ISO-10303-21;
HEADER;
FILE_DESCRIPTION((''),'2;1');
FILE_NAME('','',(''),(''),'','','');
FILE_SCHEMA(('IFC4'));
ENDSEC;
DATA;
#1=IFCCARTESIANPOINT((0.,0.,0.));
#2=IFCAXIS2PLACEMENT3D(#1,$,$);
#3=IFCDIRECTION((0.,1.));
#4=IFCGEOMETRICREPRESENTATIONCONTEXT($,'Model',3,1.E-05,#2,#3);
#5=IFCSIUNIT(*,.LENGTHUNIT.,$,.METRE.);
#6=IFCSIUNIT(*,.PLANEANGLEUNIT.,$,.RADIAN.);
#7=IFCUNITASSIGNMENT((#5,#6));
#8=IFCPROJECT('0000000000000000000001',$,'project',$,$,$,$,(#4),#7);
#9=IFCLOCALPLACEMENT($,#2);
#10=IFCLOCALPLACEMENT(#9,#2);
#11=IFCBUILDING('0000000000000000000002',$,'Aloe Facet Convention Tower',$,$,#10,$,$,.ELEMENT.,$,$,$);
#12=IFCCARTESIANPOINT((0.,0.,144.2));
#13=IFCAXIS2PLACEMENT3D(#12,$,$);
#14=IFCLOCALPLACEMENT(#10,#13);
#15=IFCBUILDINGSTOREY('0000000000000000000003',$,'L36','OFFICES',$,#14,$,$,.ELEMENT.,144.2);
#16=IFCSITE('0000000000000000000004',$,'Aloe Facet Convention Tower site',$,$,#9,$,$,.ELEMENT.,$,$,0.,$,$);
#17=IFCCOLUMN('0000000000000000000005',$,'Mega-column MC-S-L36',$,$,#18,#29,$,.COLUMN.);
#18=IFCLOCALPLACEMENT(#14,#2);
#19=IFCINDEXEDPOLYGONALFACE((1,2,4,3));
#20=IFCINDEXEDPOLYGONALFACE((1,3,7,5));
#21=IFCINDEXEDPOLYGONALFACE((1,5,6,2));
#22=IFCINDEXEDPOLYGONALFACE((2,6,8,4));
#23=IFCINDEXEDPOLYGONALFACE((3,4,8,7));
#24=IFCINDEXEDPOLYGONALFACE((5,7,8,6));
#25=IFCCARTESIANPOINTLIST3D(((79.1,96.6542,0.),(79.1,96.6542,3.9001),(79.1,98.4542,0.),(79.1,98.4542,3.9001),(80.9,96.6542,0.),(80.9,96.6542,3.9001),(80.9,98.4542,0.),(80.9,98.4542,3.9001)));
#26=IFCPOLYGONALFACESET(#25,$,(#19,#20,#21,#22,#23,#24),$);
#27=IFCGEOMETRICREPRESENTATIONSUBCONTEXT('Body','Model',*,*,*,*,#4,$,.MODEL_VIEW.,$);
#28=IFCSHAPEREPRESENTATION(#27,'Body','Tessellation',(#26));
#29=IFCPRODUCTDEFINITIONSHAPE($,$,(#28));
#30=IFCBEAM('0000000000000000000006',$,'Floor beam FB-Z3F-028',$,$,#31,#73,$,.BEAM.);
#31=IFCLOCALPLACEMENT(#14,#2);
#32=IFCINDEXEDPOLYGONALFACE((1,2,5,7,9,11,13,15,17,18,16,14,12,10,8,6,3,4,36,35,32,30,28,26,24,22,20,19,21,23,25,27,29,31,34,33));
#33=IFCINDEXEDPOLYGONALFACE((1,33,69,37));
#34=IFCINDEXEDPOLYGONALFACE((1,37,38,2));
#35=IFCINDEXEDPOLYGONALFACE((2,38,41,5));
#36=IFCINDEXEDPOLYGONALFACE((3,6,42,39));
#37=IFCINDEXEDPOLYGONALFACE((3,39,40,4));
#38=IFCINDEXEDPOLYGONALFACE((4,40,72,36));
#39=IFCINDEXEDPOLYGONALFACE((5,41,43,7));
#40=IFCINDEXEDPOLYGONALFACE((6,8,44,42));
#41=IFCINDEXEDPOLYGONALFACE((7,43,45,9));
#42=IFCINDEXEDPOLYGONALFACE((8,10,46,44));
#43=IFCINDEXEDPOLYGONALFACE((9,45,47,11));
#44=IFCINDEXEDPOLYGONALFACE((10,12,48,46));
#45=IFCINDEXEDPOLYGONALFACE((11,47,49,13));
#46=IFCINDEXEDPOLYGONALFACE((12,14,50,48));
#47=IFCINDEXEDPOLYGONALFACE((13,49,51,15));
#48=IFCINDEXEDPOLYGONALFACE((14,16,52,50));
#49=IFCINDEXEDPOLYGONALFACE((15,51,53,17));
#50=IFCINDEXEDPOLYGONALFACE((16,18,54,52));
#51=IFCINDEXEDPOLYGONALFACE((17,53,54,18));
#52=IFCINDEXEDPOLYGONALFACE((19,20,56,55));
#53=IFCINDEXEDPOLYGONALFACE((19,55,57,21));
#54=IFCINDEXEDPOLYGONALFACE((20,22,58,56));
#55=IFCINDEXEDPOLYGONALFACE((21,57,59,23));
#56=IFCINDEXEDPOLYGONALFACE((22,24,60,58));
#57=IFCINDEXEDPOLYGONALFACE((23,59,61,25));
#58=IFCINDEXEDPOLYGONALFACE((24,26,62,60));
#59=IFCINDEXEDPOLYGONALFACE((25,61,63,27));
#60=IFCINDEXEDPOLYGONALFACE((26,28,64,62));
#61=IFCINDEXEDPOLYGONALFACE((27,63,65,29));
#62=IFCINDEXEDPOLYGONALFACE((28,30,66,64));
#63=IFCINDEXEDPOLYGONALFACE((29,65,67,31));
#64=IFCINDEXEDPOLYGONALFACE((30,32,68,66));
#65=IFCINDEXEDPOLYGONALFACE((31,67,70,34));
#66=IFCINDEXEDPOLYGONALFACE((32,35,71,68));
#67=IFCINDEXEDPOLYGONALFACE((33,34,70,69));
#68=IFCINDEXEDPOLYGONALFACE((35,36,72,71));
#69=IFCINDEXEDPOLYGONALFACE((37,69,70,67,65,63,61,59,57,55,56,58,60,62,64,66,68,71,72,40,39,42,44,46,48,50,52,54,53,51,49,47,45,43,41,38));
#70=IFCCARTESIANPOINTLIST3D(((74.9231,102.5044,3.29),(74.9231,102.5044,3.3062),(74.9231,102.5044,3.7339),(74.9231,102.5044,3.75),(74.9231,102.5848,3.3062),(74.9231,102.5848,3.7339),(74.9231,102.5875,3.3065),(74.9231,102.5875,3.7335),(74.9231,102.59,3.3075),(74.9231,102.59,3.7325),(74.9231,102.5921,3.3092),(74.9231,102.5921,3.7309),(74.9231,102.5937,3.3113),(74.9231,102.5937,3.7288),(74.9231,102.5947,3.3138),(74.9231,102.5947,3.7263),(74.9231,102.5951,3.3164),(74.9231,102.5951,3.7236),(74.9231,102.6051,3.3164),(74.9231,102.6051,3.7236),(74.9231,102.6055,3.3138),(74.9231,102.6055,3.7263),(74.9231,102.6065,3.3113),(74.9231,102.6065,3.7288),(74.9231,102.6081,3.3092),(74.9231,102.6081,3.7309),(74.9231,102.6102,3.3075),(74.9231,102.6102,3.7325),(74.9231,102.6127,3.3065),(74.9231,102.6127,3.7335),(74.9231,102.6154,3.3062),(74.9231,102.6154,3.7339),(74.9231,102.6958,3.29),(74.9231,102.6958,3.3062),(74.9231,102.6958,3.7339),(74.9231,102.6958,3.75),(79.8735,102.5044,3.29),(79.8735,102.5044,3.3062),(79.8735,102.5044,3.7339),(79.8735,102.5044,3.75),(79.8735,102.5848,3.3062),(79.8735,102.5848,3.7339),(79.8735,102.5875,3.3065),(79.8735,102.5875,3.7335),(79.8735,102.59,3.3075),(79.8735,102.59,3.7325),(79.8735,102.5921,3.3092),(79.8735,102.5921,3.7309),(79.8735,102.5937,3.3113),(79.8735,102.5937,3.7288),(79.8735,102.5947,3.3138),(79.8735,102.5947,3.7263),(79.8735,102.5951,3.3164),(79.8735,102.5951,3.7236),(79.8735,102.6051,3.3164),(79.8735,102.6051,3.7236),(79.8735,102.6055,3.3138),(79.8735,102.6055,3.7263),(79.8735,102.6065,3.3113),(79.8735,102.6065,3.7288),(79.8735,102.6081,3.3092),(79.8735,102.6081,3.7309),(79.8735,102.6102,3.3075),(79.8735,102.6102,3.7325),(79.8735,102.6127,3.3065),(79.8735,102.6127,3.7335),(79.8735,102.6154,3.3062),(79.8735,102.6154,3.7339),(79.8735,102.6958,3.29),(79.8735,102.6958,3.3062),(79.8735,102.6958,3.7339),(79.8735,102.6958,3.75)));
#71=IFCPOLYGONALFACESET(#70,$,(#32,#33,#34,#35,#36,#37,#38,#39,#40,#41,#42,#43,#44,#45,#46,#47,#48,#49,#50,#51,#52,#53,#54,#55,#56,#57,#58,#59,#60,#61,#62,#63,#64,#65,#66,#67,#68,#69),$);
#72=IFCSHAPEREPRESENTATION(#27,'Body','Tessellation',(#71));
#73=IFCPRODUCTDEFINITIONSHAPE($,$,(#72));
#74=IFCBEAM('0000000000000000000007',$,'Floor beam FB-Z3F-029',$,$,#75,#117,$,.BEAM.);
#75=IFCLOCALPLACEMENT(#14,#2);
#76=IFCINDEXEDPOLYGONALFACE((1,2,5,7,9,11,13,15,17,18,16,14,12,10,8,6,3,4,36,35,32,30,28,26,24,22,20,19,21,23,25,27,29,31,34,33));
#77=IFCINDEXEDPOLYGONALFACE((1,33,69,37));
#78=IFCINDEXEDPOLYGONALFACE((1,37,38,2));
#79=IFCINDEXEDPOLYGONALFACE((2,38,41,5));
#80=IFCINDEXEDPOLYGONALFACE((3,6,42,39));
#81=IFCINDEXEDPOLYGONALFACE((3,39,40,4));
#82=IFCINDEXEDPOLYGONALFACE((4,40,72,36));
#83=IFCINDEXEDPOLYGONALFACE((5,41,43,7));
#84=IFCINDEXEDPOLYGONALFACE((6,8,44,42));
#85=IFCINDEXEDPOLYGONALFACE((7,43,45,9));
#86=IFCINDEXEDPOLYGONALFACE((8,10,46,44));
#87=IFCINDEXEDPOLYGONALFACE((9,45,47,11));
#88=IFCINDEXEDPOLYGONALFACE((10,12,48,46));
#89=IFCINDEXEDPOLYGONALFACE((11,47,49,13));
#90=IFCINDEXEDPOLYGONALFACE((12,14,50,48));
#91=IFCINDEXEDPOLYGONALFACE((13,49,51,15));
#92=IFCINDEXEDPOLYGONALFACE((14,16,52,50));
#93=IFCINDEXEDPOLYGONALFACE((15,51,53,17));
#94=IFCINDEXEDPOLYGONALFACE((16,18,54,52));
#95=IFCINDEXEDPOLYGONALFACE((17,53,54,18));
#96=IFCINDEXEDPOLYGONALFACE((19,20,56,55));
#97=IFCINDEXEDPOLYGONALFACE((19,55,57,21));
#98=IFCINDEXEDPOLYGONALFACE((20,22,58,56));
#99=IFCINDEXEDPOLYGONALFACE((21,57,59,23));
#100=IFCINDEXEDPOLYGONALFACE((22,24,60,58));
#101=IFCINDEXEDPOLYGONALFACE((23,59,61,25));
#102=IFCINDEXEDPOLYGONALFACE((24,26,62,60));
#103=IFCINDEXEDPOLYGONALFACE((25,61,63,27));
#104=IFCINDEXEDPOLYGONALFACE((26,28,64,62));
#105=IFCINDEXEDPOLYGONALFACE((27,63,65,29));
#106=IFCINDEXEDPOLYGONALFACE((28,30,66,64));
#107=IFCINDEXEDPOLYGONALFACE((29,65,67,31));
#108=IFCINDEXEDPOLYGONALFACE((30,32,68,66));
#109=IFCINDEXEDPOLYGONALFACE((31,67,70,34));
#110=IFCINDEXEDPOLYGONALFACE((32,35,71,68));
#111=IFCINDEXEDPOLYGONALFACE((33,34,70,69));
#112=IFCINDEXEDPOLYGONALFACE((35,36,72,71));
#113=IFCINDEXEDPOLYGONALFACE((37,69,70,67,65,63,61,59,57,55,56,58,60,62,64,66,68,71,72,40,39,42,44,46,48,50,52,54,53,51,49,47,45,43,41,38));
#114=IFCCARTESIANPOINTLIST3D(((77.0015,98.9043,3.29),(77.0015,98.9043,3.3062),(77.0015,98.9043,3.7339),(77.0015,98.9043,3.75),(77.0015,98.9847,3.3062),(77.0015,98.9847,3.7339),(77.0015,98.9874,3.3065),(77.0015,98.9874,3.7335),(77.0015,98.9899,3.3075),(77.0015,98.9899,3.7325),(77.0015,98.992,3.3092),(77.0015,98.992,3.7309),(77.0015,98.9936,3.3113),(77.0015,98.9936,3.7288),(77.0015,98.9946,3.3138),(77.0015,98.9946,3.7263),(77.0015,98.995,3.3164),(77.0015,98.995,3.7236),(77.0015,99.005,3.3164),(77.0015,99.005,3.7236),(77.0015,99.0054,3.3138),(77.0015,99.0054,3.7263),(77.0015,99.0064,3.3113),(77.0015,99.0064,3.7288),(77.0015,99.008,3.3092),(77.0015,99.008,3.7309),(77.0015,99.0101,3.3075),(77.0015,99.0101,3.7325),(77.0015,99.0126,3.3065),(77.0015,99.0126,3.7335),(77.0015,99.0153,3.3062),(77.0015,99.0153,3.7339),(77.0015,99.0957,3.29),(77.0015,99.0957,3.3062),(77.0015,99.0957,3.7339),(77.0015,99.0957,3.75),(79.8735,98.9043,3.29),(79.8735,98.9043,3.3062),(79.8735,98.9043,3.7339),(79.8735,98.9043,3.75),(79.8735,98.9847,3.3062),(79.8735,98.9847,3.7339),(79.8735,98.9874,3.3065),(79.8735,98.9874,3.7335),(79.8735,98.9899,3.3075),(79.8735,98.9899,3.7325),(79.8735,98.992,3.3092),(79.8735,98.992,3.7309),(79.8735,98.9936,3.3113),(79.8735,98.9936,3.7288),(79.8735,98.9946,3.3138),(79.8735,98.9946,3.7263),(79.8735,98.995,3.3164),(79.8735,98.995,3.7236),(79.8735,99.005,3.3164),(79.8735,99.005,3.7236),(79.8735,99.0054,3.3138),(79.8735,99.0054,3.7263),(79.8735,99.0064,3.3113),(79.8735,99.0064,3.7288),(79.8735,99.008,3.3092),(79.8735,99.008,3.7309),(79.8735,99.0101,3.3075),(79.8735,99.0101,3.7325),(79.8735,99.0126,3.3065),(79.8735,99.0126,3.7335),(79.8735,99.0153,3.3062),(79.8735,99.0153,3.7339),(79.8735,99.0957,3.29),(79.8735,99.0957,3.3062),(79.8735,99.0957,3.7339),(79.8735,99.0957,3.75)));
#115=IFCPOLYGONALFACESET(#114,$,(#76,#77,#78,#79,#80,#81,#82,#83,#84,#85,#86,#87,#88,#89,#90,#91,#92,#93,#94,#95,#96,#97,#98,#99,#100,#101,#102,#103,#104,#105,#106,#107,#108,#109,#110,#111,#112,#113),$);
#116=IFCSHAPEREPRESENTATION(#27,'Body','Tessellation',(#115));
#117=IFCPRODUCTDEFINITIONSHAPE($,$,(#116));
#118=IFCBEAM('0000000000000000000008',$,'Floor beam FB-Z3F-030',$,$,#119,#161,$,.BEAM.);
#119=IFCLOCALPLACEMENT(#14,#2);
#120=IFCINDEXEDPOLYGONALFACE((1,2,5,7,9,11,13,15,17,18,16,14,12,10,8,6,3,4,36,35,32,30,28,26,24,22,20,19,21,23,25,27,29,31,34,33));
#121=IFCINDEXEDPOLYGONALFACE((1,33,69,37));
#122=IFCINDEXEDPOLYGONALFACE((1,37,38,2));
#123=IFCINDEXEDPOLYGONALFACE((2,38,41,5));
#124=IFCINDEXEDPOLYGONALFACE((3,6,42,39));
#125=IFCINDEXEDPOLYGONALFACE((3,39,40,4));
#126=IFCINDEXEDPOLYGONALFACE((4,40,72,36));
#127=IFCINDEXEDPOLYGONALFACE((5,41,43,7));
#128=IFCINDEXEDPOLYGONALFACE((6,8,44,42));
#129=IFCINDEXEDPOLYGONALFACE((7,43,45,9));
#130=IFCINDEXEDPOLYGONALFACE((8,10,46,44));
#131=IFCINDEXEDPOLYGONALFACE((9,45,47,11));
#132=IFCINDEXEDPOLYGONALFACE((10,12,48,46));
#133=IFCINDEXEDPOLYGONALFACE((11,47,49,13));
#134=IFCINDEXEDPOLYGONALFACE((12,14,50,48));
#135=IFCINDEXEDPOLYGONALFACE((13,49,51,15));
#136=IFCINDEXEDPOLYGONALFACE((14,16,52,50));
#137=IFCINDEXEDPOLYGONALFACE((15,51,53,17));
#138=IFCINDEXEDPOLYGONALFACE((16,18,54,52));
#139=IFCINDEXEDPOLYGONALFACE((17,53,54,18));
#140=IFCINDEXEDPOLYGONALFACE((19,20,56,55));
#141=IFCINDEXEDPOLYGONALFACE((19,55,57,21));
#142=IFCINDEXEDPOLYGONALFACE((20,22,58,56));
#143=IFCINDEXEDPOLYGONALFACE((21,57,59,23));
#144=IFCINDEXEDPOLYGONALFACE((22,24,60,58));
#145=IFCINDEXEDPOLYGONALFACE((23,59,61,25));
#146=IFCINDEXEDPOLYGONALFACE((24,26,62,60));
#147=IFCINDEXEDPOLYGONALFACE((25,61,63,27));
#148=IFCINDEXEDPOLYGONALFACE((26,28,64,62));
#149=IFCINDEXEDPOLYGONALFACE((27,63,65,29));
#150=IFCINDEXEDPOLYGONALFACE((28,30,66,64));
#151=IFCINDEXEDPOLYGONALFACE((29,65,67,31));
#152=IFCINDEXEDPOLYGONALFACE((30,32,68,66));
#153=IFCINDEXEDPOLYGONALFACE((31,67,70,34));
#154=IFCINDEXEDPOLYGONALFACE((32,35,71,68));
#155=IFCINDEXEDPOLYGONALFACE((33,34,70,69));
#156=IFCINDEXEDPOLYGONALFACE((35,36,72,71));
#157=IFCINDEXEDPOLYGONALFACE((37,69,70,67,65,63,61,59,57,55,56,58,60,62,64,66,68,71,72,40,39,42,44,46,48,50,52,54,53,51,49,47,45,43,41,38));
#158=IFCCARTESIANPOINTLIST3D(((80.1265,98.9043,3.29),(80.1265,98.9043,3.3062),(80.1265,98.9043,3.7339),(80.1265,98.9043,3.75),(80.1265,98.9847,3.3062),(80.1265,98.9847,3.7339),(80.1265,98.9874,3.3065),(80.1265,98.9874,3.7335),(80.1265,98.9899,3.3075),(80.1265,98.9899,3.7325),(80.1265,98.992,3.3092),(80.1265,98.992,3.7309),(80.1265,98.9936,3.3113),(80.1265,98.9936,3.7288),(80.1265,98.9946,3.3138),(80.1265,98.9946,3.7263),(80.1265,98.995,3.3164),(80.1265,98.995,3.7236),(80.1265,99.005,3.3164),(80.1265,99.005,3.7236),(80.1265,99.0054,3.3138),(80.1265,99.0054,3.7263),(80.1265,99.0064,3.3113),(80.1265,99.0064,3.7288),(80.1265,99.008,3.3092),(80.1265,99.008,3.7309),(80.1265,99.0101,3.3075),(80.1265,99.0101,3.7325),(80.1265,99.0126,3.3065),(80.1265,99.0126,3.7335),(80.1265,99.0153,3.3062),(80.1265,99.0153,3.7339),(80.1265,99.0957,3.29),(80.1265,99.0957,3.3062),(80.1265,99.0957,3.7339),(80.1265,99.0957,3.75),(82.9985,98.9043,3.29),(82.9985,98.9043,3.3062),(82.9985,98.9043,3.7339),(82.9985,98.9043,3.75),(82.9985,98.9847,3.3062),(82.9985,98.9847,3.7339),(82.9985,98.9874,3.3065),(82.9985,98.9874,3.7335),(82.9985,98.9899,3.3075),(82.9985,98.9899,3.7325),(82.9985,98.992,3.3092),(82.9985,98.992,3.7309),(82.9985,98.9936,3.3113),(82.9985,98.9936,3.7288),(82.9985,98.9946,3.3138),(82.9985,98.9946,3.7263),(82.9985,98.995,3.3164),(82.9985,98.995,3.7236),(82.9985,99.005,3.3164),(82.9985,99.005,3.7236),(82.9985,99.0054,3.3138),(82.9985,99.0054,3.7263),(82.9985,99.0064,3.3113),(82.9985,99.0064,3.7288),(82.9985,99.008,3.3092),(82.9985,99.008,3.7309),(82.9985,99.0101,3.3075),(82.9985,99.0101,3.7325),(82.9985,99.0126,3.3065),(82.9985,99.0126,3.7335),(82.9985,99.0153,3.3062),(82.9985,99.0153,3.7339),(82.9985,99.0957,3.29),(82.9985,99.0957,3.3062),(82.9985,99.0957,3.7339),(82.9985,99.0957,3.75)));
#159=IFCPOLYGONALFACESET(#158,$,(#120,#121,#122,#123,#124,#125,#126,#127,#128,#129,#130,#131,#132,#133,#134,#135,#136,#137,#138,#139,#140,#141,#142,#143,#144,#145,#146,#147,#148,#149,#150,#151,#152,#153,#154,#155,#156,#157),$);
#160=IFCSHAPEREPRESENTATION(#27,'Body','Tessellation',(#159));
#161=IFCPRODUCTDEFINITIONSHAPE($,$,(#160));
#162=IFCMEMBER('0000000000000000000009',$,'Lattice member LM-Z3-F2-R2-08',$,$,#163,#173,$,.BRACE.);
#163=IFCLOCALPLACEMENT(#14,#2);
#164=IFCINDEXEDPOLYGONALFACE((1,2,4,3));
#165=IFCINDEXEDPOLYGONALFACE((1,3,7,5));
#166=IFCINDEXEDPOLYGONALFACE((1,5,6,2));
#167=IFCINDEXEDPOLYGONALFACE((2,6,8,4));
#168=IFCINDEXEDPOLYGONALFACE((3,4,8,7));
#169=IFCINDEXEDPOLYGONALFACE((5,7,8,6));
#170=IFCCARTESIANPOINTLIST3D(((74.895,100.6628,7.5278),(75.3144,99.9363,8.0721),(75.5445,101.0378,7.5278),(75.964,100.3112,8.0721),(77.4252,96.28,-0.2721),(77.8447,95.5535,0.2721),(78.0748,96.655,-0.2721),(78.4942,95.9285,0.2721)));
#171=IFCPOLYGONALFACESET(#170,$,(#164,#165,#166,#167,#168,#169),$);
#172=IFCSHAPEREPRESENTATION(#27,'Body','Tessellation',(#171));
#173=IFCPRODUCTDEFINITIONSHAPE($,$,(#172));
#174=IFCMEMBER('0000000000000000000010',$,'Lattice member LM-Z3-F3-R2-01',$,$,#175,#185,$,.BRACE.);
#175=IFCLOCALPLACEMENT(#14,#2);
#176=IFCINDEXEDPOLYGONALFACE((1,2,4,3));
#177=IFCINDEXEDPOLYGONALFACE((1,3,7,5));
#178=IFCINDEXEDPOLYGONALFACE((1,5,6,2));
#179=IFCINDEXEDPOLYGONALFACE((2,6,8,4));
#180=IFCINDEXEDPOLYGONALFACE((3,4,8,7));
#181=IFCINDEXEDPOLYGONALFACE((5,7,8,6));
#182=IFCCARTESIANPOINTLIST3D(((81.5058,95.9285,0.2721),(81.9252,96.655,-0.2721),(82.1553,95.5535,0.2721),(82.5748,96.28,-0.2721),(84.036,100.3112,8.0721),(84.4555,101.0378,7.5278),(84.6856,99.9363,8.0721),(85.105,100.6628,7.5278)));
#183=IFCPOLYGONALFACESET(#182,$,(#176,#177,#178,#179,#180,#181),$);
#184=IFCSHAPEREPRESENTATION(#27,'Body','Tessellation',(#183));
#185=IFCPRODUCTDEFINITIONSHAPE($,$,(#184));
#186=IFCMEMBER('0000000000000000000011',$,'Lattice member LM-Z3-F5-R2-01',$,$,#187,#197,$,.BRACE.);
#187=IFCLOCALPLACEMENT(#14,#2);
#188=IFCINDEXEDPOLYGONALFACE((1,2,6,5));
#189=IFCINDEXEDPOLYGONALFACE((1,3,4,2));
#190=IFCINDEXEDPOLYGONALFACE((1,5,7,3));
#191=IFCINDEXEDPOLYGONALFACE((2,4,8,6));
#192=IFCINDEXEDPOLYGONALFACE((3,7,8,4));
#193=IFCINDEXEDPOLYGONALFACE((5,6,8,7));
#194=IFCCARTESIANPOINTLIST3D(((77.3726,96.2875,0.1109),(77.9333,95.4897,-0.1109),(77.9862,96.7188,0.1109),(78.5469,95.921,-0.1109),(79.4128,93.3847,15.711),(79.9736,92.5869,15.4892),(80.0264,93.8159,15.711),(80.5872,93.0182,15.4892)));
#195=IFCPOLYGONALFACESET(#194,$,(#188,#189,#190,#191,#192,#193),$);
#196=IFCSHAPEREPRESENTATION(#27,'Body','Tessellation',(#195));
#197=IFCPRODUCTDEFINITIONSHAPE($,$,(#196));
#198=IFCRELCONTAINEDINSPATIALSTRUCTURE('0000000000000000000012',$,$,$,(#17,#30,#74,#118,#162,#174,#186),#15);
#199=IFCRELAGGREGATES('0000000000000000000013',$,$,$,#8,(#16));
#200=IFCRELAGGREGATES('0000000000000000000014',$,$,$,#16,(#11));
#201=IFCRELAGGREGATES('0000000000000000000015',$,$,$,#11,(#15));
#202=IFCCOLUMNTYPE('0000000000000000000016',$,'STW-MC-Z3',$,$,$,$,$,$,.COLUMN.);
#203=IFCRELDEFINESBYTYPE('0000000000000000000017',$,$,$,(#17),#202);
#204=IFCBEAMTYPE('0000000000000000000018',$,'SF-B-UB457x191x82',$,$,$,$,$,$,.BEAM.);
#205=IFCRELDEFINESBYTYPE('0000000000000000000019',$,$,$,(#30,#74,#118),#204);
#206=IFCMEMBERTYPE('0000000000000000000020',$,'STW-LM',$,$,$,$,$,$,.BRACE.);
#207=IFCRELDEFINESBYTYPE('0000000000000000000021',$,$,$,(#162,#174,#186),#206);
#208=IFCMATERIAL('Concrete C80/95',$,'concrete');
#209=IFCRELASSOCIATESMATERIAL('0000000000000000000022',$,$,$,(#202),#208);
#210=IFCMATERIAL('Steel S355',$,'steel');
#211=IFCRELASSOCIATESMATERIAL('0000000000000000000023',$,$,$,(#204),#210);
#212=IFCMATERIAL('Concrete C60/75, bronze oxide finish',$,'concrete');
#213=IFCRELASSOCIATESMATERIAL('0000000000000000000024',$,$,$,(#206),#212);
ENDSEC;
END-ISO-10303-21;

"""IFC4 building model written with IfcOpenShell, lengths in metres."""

from ifc_helpers import new_model, si_unit, direction, frame, origin, origin_2d, place, context, subcontext, project, spatial, rectangle, i_section, extrude, material, material_profile, profile_set, type_object, element, save


model = new_model("IFC4")

# Units and contexts
model_context = context("Model", 3, precision=1e-05, world=origin(), true_north=direction((0.0, 1.0)))
body_context = subcontext(model_context, "Body", "Model", "MODEL_VIEW")
ifc_project = project(units=[si_unit("LENGTHUNIT", "METRE"), si_unit("PLANEANGLEUNIT", "RADIAN")], contexts=[model_context])

# Site, building, storey
site_placement = place(None, origin())
site = spatial("IfcSite", under=ifc_project, at=site_placement, Name="Aloe Facet Convention Tower site", CompositionType="ELEMENT", RefElevation=0.0)
building_placement = place(site_placement, origin())
building = spatial("IfcBuilding", under=site, at=building_placement, Name="Aloe Facet Convention Tower", CompositionType="ELEMENT")
storey_placement = place(building_placement, frame((0.0, 0.0, 144.2)))
storey = spatial("IfcBuildingStorey", under=building, at=storey_placement, Name="L36", Description="OFFICES", CompositionType="ELEMENT", Elevation=144.2)

# Column
ifc_material_1 = material(Name="Concrete C80/95", Category="concrete")
ifc_material_profile_1 = material_profile(ifc_material_1, rectangle(XDim=1.8, YDim=1.8, at=origin_2d()), Name="STW-MC-Z3")
ifc_profile_set_1 = profile_set([ifc_material_profile_1], Name="Concrete C80/95")
column_type = type_object("IfcColumnType", Name="STW-MC-Z3", PredefinedType="COLUMN", material=ifc_profile_set_1)
column_placement = place(storey_placement, frame((80.0, 97.5542, 0.0), z_axis=(0.0, 0.0, 1.0), x_axis=(1.0, 0.0, 0.0)))
element("IfcColumn", 1, at=column_placement, inside=storey, type_object=column_type, Name="Mega-column MC-S-L36", PredefinedType="COLUMN", context=body_context, shape_type="SweptSolid", body=[
    extrude(rectangle(XDim=1.8, YDim=1.8, at=origin_2d()), origin(), (0.0, 0.0, 1.0), 3.9001),
])

# Beams
ifc_material_2 = material(Name="Steel S355", Category="steel")
ifc_material_profile_2 = material_profile(ifc_material_2, i_section(OverallWidth=0.1914, OverallDepth=0.46, WebThickness=0.01, FlangeThickness=0.0161, FilletRadius=0.0103, at=origin_2d()), Name="UB 457x191x82")
ifc_profile_set_2 = profile_set([ifc_material_profile_2], Name="Steel S355")
beam_type = type_object("IfcBeamType", Name="SF-B-UB457x191x82", PredefinedType="BEAM", material=ifc_profile_set_2)
beam_placement = place(storey_placement, frame((74.9231, 102.6001, 3.52), z_axis=(1.0, 0.0, 0.0), x_axis=(0.0, 1.0, 0.0)))
element("IfcBeam", 2, at=beam_placement, inside=storey, type_object=beam_type, Name="Floor beam FB-Z3F-028", PredefinedType="BEAM", context=body_context, shape_type="SweptSolid", body=[
    extrude(i_section(OverallWidth=0.1914, OverallDepth=0.46, WebThickness=0.01, FlangeThickness=0.0161, FilletRadius=0.0103, at=origin_2d()), origin(), (0.0, 0.0, 1.0), 4.9504),
])
for number, where, z_axis, x_axis, name in (
    (3, (77.0015, 99.0, 3.52), (1.0, 0.0, 0.0), (0.0, 1.0, 0.0), "Floor beam FB-Z3F-029"),
    (4, (80.1265, 99.0, 3.52), (1.0, 0.0, 0.0), (0.0, 1.0, 0.0), "Floor beam FB-Z3F-030"),
):
    element("IfcBeam", number, at=place(storey_placement, frame(where, z_axis=z_axis, x_axis=x_axis)), inside=storey, type_object=beam_type, Name=name, PredefinedType="BEAM", context=body_context, shape_type="SweptSolid", body=[
        extrude(i_section(OverallWidth=0.1914, OverallDepth=0.46, WebThickness=0.01, FlangeThickness=0.0161, FilletRadius=0.0103, at=origin_2d()), origin(), (0.0, 0.0, 1.0), 2.8721),
    ])

# Members
ifc_material_3 = material(Name="Concrete C60/75, bronze oxide finish", Category="concrete")
ifc_material_profile_3 = material_profile(ifc_material_3, rectangle(XDim=0.75, YDim=1.0, at=origin_2d()), Name="STW-LM")
ifc_profile_set_3 = profile_set([ifc_material_profile_3], Name="Concrete C60/75, bronze oxide finish")
member_type = type_object("IfcMemberType", Name="STW-LM", PredefinedType="BRACE", material=ifc_profile_set_3)
for number, where, z_axis, x_axis, name in (
    (5, (77.9597, 96.1042, 0.0), (-0.272132, 0.471373, 0.838899), (-0.866038, -0.499979, 0.0), "Lattice member LM-Z3-F2-R2-08"),
    (6, (82.0403, 96.1042, 0.0), (0.272132, 0.471373, 0.838899), (-0.866038, 0.499979, 0.0), "Lattice member LM-Z3-F3-R2-01"),
):
    element("IfcMember", number, at=place(storey_placement, frame(where, z_axis=z_axis, x_axis=x_axis)), inside=storey, type_object=member_type, Name=name, PredefinedType="BRACE", context=body_context, shape_type="SweptSolid", body=[
        extrude(rectangle(XDim=0.75, YDim=1.0, at=origin_2d()), origin(), (0.0, 0.0, 1.0), 9.2979),
    ])
member_1_placement = place(storey_placement, frame((77.9597, 96.1042, 0.0), z_axis=(0.12753, -0.181444, 0.975097), x_axis=(0.818131, 0.575031, 0.0)))
element("IfcMember", 7, at=member_1_placement, inside=storey, type_object=member_type, Name="Lattice member LM-Z3-F5-R2-01", PredefinedType="BRACE", context=body_context, shape_type="SweptSolid", body=[
    extrude(rectangle(XDim=0.75, YDim=1.0, at=origin_2d()), origin(), (0.0, 0.0, 1.0), 15.9985),
])

save(model, "model.ifc")
